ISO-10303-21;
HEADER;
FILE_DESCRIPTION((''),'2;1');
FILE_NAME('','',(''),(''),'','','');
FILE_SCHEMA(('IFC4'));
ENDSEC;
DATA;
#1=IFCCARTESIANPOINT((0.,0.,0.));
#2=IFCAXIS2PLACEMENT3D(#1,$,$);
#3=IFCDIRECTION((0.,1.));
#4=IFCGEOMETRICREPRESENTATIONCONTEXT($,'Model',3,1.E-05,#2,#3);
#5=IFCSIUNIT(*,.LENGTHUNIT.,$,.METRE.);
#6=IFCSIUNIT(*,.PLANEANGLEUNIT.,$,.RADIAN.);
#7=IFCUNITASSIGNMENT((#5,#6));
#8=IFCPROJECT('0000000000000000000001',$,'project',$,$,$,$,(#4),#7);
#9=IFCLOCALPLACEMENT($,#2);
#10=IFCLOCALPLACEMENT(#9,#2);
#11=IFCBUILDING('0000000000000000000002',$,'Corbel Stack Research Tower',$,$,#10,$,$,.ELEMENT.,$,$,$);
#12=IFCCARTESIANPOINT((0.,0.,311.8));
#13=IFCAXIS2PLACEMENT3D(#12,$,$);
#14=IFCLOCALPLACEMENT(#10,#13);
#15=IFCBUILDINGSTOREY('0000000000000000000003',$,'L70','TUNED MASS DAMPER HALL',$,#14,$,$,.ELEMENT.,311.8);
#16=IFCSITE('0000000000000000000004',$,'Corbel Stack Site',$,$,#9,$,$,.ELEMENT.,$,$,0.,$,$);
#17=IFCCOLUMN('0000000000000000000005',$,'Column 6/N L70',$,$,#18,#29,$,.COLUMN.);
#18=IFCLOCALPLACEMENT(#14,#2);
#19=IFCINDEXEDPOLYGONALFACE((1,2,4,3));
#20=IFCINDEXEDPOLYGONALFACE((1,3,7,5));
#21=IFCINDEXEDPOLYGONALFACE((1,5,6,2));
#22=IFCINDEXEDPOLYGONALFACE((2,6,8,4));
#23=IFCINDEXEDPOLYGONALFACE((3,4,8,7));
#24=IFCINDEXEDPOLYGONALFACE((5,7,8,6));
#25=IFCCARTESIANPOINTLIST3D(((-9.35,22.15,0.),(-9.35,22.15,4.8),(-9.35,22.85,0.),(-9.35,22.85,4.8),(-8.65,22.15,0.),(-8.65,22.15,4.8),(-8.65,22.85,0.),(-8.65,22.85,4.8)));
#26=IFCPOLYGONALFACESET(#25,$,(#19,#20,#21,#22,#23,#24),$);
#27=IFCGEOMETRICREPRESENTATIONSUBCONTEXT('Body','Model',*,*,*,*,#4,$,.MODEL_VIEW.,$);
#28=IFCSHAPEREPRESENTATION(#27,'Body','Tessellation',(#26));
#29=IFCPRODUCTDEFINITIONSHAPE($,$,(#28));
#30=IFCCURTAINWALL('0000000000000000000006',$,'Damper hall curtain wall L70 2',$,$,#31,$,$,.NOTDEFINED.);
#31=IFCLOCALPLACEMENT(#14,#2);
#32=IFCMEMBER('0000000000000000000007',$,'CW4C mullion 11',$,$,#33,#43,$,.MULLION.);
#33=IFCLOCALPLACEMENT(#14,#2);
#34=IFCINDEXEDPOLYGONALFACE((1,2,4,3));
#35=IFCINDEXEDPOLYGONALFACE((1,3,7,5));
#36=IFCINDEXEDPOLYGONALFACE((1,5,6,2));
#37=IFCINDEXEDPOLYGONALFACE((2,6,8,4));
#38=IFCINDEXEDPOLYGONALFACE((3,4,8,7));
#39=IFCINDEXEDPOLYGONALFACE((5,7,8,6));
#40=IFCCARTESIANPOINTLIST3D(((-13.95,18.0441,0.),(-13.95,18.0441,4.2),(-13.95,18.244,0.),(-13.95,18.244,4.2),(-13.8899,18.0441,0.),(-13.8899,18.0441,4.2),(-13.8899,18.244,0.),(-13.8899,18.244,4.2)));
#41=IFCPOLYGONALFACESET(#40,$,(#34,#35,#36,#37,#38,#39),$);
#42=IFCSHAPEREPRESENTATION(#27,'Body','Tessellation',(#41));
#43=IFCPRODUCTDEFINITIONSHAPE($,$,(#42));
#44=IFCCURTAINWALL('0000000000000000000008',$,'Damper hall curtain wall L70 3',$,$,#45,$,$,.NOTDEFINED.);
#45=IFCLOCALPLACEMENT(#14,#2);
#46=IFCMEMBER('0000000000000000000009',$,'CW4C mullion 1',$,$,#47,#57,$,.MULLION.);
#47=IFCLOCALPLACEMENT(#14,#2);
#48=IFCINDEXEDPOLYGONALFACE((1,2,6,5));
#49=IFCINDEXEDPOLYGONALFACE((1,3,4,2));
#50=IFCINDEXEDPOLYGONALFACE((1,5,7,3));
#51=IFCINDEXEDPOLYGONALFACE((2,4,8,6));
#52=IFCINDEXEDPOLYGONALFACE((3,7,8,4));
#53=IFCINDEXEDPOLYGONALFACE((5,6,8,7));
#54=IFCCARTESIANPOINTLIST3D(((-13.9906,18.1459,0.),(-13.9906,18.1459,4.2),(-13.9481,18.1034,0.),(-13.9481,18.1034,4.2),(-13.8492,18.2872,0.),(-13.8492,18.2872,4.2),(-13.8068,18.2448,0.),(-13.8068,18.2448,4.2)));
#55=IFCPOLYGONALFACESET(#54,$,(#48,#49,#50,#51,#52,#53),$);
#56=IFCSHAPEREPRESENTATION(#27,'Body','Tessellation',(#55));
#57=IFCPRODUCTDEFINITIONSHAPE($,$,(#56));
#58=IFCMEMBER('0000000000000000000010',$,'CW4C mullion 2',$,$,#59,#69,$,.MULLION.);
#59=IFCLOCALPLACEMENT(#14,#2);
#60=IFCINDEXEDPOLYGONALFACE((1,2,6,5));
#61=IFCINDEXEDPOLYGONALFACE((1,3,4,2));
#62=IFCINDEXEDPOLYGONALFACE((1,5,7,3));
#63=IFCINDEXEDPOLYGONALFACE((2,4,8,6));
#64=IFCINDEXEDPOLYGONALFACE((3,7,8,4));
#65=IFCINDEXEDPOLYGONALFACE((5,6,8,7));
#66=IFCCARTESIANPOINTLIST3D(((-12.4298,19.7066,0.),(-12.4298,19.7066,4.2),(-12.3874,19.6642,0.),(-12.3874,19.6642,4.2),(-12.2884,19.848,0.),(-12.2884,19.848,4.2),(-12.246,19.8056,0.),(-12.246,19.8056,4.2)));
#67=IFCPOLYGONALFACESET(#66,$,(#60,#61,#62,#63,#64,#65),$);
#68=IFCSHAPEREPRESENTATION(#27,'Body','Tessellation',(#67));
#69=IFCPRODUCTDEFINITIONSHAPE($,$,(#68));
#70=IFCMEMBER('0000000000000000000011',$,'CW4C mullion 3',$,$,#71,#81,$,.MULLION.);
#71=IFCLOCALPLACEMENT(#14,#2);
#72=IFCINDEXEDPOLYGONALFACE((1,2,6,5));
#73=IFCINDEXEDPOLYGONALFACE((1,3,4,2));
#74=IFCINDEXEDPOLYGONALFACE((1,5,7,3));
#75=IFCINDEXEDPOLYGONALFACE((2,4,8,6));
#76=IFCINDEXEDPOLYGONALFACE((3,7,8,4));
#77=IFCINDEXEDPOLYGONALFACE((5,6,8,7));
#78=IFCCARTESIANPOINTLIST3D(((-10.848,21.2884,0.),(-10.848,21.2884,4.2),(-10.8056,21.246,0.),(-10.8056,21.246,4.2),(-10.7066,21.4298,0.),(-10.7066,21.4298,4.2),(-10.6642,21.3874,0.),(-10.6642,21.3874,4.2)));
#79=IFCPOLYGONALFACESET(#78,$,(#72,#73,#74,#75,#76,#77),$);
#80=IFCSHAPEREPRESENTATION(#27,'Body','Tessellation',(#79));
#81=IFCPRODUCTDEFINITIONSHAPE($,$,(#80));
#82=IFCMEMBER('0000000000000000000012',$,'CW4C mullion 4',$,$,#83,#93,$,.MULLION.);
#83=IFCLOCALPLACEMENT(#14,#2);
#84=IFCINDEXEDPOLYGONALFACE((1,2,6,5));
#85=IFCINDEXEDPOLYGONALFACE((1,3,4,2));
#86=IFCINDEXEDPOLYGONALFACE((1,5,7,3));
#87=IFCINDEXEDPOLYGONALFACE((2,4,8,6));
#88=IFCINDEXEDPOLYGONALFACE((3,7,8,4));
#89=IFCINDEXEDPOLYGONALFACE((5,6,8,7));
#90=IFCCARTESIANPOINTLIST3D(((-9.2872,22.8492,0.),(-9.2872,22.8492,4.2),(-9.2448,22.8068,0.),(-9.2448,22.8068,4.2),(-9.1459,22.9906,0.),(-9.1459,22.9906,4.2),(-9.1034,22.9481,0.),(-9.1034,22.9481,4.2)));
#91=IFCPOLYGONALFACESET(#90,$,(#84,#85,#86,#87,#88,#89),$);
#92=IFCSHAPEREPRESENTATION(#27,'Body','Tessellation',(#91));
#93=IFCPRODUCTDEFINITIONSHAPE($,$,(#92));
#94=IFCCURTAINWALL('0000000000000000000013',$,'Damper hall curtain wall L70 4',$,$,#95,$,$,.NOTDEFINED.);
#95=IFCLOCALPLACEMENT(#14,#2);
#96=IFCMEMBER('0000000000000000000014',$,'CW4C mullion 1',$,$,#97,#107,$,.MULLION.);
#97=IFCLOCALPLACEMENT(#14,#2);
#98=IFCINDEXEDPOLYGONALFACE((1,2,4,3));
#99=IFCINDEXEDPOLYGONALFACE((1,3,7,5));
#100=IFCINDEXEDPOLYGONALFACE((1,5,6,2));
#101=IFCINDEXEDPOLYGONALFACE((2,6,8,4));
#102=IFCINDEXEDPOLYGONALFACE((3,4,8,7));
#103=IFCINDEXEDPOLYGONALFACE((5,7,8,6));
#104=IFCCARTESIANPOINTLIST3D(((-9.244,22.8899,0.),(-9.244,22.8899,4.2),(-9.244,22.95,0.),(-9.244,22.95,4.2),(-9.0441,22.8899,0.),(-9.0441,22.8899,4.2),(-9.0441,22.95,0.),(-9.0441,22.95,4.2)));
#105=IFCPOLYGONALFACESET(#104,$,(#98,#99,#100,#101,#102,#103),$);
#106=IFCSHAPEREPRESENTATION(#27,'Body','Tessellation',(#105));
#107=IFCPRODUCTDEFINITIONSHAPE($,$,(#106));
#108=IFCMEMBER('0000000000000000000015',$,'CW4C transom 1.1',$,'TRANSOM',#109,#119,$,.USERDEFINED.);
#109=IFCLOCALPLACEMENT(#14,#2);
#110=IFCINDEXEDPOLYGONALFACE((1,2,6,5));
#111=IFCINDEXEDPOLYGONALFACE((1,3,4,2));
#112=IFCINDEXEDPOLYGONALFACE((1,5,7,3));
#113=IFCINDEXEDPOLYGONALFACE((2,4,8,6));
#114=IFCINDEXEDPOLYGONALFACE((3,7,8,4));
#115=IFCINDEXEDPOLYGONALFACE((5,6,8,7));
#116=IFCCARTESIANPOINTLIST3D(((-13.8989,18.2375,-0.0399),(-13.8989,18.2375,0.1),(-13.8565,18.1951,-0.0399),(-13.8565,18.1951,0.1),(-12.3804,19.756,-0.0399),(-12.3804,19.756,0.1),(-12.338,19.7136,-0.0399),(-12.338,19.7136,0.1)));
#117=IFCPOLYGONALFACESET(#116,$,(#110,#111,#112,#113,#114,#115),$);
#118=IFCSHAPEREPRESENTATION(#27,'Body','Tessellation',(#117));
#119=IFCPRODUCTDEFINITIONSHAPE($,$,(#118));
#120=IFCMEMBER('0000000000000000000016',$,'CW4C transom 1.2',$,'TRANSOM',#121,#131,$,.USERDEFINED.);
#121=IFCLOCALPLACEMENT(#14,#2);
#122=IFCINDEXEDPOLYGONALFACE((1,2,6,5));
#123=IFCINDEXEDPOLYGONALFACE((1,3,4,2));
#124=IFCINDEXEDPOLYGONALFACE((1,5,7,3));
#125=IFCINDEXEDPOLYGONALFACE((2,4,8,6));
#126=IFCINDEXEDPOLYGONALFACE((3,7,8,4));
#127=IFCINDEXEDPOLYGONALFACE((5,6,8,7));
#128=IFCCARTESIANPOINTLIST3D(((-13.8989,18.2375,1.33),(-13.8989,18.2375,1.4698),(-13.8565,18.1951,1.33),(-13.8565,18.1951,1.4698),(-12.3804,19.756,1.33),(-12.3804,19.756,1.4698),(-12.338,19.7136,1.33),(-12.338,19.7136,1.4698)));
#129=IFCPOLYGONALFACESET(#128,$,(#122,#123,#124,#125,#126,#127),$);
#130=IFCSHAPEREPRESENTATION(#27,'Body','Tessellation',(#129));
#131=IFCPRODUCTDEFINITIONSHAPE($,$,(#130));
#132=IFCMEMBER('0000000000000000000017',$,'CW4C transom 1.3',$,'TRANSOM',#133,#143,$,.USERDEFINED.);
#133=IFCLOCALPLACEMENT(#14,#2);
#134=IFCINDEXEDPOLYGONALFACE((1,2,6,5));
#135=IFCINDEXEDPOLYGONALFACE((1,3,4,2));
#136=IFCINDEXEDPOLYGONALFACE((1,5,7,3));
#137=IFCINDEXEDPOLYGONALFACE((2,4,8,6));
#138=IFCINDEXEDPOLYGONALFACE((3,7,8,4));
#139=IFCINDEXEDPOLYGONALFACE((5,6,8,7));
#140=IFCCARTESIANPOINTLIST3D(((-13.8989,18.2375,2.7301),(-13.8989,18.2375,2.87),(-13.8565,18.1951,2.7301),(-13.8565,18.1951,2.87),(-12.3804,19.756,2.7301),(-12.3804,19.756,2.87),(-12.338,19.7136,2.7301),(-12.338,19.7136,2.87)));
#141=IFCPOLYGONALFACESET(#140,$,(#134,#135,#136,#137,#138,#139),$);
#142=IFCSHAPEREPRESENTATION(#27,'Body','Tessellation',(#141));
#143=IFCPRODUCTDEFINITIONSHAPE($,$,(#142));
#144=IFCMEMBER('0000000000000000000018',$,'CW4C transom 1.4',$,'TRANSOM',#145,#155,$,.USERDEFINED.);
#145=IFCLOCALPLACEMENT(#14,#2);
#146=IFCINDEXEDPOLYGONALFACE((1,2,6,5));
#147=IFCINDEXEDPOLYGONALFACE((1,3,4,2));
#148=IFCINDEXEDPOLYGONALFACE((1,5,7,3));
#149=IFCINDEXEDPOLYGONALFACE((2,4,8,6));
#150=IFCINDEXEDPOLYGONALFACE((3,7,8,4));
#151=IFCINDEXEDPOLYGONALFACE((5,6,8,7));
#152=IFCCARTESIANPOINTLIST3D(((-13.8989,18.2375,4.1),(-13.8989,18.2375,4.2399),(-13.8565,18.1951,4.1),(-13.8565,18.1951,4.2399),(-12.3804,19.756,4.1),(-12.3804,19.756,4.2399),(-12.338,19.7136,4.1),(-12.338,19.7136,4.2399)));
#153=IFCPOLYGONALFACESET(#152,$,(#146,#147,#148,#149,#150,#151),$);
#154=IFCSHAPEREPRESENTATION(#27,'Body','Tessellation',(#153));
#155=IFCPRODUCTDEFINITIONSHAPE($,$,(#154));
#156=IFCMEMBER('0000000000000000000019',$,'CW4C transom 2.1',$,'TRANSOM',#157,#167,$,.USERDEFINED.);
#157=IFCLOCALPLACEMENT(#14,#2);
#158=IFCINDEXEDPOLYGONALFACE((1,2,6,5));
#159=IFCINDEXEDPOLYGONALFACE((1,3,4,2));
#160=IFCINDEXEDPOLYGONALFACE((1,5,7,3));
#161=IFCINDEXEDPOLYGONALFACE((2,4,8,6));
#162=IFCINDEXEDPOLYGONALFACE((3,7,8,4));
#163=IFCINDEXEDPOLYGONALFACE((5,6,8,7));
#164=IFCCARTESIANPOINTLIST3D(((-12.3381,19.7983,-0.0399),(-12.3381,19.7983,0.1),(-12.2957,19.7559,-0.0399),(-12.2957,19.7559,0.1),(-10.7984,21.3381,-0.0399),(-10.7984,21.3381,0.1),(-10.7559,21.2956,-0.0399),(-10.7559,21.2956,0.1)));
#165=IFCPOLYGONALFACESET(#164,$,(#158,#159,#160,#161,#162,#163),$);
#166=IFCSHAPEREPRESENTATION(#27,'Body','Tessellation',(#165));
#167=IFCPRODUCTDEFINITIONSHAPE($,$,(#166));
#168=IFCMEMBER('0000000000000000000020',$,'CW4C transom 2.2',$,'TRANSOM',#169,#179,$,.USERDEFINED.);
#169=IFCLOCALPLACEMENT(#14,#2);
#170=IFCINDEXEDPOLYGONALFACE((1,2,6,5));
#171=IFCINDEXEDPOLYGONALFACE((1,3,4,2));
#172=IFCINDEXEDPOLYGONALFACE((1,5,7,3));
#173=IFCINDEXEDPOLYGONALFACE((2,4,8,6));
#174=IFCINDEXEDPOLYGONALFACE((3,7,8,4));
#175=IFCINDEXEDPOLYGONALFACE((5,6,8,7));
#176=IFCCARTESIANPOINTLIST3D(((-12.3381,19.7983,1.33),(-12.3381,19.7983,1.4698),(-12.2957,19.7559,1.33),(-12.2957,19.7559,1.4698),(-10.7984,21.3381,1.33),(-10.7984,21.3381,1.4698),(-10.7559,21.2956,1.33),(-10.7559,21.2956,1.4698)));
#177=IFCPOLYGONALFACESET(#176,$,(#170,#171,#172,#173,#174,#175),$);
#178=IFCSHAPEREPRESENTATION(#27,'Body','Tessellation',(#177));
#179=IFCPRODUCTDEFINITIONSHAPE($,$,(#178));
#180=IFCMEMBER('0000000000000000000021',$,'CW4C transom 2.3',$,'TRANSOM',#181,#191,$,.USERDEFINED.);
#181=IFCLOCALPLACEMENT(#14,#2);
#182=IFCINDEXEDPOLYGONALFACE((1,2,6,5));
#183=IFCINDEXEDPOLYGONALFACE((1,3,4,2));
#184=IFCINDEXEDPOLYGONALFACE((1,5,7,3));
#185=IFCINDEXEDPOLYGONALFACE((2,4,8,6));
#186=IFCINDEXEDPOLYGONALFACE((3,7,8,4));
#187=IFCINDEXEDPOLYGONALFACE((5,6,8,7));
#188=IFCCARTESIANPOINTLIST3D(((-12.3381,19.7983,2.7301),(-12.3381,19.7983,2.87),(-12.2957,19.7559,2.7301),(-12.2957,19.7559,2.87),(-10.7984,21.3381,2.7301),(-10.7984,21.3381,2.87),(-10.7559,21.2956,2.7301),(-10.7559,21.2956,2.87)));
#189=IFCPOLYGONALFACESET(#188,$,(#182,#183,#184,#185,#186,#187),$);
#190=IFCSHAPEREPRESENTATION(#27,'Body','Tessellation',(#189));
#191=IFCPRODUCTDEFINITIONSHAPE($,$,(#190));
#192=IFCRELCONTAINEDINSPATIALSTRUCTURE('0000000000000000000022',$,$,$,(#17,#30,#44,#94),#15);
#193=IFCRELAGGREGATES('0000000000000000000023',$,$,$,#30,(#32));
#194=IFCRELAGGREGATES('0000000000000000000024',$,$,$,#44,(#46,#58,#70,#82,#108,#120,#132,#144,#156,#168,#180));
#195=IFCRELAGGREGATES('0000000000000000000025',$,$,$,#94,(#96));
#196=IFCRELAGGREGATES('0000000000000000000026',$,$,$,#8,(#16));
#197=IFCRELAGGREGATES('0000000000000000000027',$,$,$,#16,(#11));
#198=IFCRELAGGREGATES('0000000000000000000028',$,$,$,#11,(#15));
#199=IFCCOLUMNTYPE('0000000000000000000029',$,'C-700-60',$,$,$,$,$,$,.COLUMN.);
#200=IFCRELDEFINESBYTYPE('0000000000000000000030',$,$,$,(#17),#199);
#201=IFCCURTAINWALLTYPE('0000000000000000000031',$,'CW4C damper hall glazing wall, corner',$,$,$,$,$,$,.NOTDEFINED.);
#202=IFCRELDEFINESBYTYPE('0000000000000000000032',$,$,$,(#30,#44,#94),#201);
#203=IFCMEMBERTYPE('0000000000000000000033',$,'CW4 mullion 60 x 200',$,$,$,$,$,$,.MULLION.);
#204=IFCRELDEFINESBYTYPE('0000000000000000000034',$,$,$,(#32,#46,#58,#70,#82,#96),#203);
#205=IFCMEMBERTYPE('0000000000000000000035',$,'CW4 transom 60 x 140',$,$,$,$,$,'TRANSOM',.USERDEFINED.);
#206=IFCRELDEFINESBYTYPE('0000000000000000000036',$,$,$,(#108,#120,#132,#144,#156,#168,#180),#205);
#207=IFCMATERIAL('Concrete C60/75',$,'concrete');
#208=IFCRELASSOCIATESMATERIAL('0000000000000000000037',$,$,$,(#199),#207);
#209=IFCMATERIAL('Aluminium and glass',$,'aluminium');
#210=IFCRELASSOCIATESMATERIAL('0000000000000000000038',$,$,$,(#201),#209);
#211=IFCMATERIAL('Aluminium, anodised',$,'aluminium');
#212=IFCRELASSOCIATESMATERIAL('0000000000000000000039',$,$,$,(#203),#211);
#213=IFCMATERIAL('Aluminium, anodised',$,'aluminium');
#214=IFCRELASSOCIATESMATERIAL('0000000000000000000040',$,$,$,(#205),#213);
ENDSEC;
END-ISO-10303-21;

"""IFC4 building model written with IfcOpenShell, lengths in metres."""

from ifc_helpers import new_model, si_unit, direction, frame, origin, origin_2d, place, context, subcontext, project, spatial, rectangle, extrude, material, material_profile, profile_set, type_object, element, aggregate, save


model = new_model("IFC4")

# Units and contexts
model_context = context("Model", 3, precision=1e-05, world=origin(), true_north=direction((0.0, 1.0)))
body_context = subcontext(model_context, "Body", "Model", "MODEL_VIEW")
ifc_project = project(units=[si_unit("LENGTHUNIT", "METRE"), si_unit("PLANEANGLEUNIT", "RADIAN")], contexts=[model_context])

# Site, building, storey
site_placement = place(None, origin())
site = spatial("IfcSite", under=ifc_project, at=site_placement, Name="Corbel Stack Site", CompositionType="ELEMENT", RefElevation=0.0)
building_placement = place(site_placement, origin())
building = spatial("IfcBuilding", under=site, at=building_placement, Name="Corbel Stack Research Tower", CompositionType="ELEMENT")
storey_placement = place(building_placement, frame((0.0, 0.0, 311.8)))
storey = spatial("IfcBuildingStorey", under=building, at=storey_placement, Name="L70", Description="TUNED MASS DAMPER HALL", CompositionType="ELEMENT", Elevation=311.8)

# Column
ifc_material_1 = material(Name="Concrete C60/75", Category="concrete")
ifc_material_profile_1 = material_profile(ifc_material_1, rectangle(XDim=0.7, YDim=0.7, at=origin_2d()), Name="RC 700 x 700")
ifc_profile_set_1 = profile_set([ifc_material_profile_1], Name="Concrete C60/75")
column_type = type_object("IfcColumnType", Name="C-700-60", PredefinedType="COLUMN", material=ifc_profile_set_1)
column_placement = place(storey_placement, frame((-9.0, 22.5, 0.0), z_axis=(0.0, 0.0, 1.0), x_axis=(1.0, 0.0, 0.0)))
element("IfcColumn", 1, at=column_placement, inside=storey, type_object=column_type, Name="Column 6/N L70", PredefinedType="COLUMN", context=body_context, shape_type="SweptSolid", body=[
    extrude(rectangle(XDim=0.7, YDim=0.7, at=origin_2d()), origin(), (0.0, 0.0, 1.0), 4.8),
])

# Curtain wall, member
ifc_material_2 = material(Name="Aluminium and glass", Category="aluminium")
curtain_wall_type = type_object("IfcCurtainWallType", Name="CW4C damper hall glazing wall, corner", PredefinedType="NOTDEFINED", material=ifc_material_2)
curtain_wall_1_placement = place(storey_placement, origin())
curtain_wall_1 = element("IfcCurtainWall", 2, at=curtain_wall_1_placement, inside=storey, type_object=curtain_wall_type, Name="Damper hall curtain wall L70 2", PredefinedType="NOTDEFINED")
ifc_material_3 = material(Name="Aluminium, anodised", Category="aluminium")
ifc_material_profile_2 = material_profile(ifc_material_3, rectangle(XDim=0.0601, YDim=0.2, at=origin_2d()), Name="CW4 mullion 60 x 200")
ifc_profile_set_2 = profile_set([ifc_material_profile_2], Name="Aluminium, anodised")
member_type_1 = type_object("IfcMemberType", Name="CW4 mullion 60 x 200", PredefinedType="MULLION", material=ifc_profile_set_2)
member_1_placement = place(storey_placement, frame((-13.9199, 18.144, 0.0), z_axis=(0.0, 0.0, 1.0), x_axis=(-1.0, 0.0, 0.0)))
member_1 = element("IfcMember", 3, at=member_1_placement, type_object=member_type_1, Name="CW4C mullion 11", PredefinedType="MULLION", context=body_context, shape_type="SweptSolid", body=[
    extrude(rectangle(XDim=0.0601, YDim=0.2, at=origin_2d()), origin(), (0.0, 0.0, 1.0), 4.2),
])
aggregate(curtain_wall_1, [member_1])

# Curtain wall, members
curtain_wall_2_placement = place(storey_placement, origin())
curtain_wall_2 = element("IfcCurtainWall", 4, at=curtain_wall_2_placement, inside=storey, type_object=curtain_wall_type, Name="Damper hall curtain wall L70 3", PredefinedType="NOTDEFINED")
member_2_placement = place(storey_placement, frame((-13.8987, 18.1953, 0.0), z_axis=(0.0, 0.0, 1.0), x_axis=(-0.707107, 0.707107, 0.0)))
member_2 = element("IfcMember", 5, at=member_2_placement, type_object=member_type_1, Name="CW4C mullion 1", PredefinedType="MULLION", context=body_context, shape_type="SweptSolid", body=[
    extrude(rectangle(XDim=0.0601, YDim=0.2, at=origin_2d()), origin(), (0.0, 0.0, 1.0), 4.2),
])
member_3_placement = place(storey_placement, frame((-12.3379, 19.7561, 0.0), z_axis=(0.0, 0.0, 1.0), x_axis=(-0.707107, 0.707107, 0.0)))
member_3 = element("IfcMember", 6, at=member_3_placement, type_object=member_type_1, Name="CW4C mullion 2", PredefinedType="MULLION", context=body_context, shape_type="SweptSolid", body=[
    extrude(rectangle(XDim=0.0601, YDim=0.2, at=origin_2d()), origin(), (0.0, 0.0, 1.0), 4.2),
])
member_4_placement = place(storey_placement, frame((-10.7561, 21.3379, 0.0), z_axis=(0.0, 0.0, 1.0), x_axis=(-0.707107, 0.707107, 0.0)))
member_4 = element("IfcMember", 7, at=member_4_placement, type_object=member_type_1, Name="CW4C mullion 3", PredefinedType="MULLION", context=body_context, shape_type="SweptSolid", body=[
    extrude(rectangle(XDim=0.0601, YDim=0.2, at=origin_2d()), origin(), (0.0, 0.0, 1.0), 4.2),
])
member_5_placement = place(storey_placement, frame((-9.1953, 22.8987, 0.0), z_axis=(0.0, 0.0, 1.0), x_axis=(-0.707107, 0.707107, 0.0)))
member_5 = element("IfcMember", 8, at=member_5_placement, type_object=member_type_1, Name="CW4C mullion 4", PredefinedType="MULLION", context=body_context, shape_type="SweptSolid", body=[
    extrude(rectangle(XDim=0.0601, YDim=0.2, at=origin_2d()), origin(), (0.0, 0.0, 1.0), 4.2),
])

# Curtain wall, member
curtain_wall_3_placement = place(storey_placement, origin())
curtain_wall_3 = element("IfcCurtainWall", 9, at=curtain_wall_3_placement, inside=storey, type_object=curtain_wall_type, Name="Damper hall curtain wall L70 4", PredefinedType="NOTDEFINED")
member_6_placement = place(storey_placement, frame((-9.144, 22.9199, 0.0), z_axis=(0.0, 0.0, 1.0), x_axis=(0.0, 1.0, 0.0)))
member_6 = element("IfcMember", 10, at=member_6_placement, type_object=member_type_1, Name="CW4C mullion 1", PredefinedType="MULLION", context=body_context, shape_type="SweptSolid", body=[
    extrude(rectangle(XDim=0.0601, YDim=0.2, at=origin_2d()), origin(), (0.0, 0.0, 1.0), 4.2),
])

# Members
ifc_material_4 = material(Name="Aluminium, anodised", Category="aluminium")
ifc_material_profile_3 = material_profile(ifc_material_4, rectangle(XDim=0.0601, YDim=0.1399, at=origin_2d()), Name="CW4 transom 60 x 140")
ifc_profile_set_3 = profile_set([ifc_material_profile_3], Name="Aluminium, anodised")
member_type_2 = type_object("IfcMemberType", Name="CW4 transom 60 x 140", ElementType="TRANSOM", PredefinedType="USERDEFINED", material=ifc_profile_set_3)
member_7_placement = place(storey_placement, frame((-13.8777, 18.2163, 0.03), z_axis=(0.707107, 0.707107, 0.0), x_axis=(-0.707107, 0.707107, 0.0)))
member_7 = element("IfcMember", 11, at=member_7_placement, type_object=member_type_2, Name="CW4C transom 1.1", ObjectType="TRANSOM", PredefinedType="USERDEFINED", context=body_context, shape_type="SweptSolid", body=[
    extrude(rectangle(XDim=0.0601, YDim=0.1399, at=origin_2d()), origin(), (0.0, 0.0, 1.0), 2.1475),
])
member_8_placement = place(storey_placement, frame((-13.8777, 18.2163, 1.3999), z_axis=(0.707107, 0.707107, 0.0), x_axis=(-0.707107, 0.707107, 0.0)))
member_8 = element("IfcMember", 12, at=member_8_placement, type_object=member_type_2, Name="CW4C transom 1.2", ObjectType="TRANSOM", PredefinedType="USERDEFINED", context=body_context, shape_type="SweptSolid", body=[
    extrude(rectangle(XDim=0.0601, YDim=0.1399, at=origin_2d()), origin(), (0.0, 0.0, 1.0), 2.1475),
])
member_9_placement = place(storey_placement, frame((-13.8777, 18.2163, 2.8), z_axis=(0.707107, 0.707107, 0.0), x_axis=(-0.707107, 0.707107, 0.0)))
member_9 = element("IfcMember", 13, at=member_9_placement, type_object=member_type_2, Name="CW4C transom 1.3", ObjectType="TRANSOM", PredefinedType="USERDEFINED", context=body_context, shape_type="SweptSolid", body=[
    extrude(rectangle(XDim=0.0601, YDim=0.1399, at=origin_2d()), origin(), (0.0, 0.0, 1.0), 2.1475),
])
member_10_placement = place(storey_placement, frame((-13.8777, 18.2163, 4.1699), z_axis=(0.707107, 0.707107, 0.0), x_axis=(-0.707107, 0.707107, 0.0)))
member_10 = element("IfcMember", 14, at=member_10_placement, type_object=member_type_2, Name="CW4C transom 1.4", ObjectType="TRANSOM", PredefinedType="USERDEFINED", context=body_context, shape_type="SweptSolid", body=[
    extrude(rectangle(XDim=0.0601, YDim=0.1399, at=origin_2d()), origin(), (0.0, 0.0, 1.0), 2.1475),
])
member_11_placement = place(storey_placement, frame((-12.3169, 19.7771, 0.03), z_axis=(0.707107, 0.707107, 0.0), x_axis=(-0.707107, 0.707107, 0.0)))
member_11 = element("IfcMember", 15, at=member_11_placement, type_object=member_type_2, Name="CW4C transom 2.1", ObjectType="TRANSOM", PredefinedType="USERDEFINED", context=body_context, shape_type="SweptSolid", body=[
    extrude(rectangle(XDim=0.0601, YDim=0.1399, at=origin_2d()), origin(), (0.0, 0.0, 1.0), 2.1775),
])
member_12_placement = place(storey_placement, frame((-12.3169, 19.7771, 1.3999), z_axis=(0.707107, 0.707107, 0.0), x_axis=(-0.707107, 0.707107, 0.0)))
member_12 = element("IfcMember", 16, at=member_12_placement, type_object=member_type_2, Name="CW4C transom 2.2", ObjectType="TRANSOM", PredefinedType="USERDEFINED", context=body_context, shape_type="SweptSolid", body=[
    extrude(rectangle(XDim=0.0601, YDim=0.1399, at=origin_2d()), origin(), (0.0, 0.0, 1.0), 2.1775),
])
member_13_placement = place(storey_placement, frame((-12.3169, 19.7771, 2.8), z_axis=(0.707107, 0.707107, 0.0), x_axis=(-0.707107, 0.707107, 0.0)))
member_13 = element("IfcMember", 17, at=member_13_placement, type_object=member_type_2, Name="CW4C transom 2.3", ObjectType="TRANSOM", PredefinedType="USERDEFINED", context=body_context, shape_type="SweptSolid", body=[
    extrude(rectangle(XDim=0.0601, YDim=0.1399, at=origin_2d()), origin(), (0.0, 0.0, 1.0), 2.1775),
])

aggregate(curtain_wall_2, [member_2, member_3, member_4, member_5, member_7, member_8, member_9, member_10, member_11, member_12, member_13])
aggregate(curtain_wall_3, [member_6])

save(model, "model.ifc")
